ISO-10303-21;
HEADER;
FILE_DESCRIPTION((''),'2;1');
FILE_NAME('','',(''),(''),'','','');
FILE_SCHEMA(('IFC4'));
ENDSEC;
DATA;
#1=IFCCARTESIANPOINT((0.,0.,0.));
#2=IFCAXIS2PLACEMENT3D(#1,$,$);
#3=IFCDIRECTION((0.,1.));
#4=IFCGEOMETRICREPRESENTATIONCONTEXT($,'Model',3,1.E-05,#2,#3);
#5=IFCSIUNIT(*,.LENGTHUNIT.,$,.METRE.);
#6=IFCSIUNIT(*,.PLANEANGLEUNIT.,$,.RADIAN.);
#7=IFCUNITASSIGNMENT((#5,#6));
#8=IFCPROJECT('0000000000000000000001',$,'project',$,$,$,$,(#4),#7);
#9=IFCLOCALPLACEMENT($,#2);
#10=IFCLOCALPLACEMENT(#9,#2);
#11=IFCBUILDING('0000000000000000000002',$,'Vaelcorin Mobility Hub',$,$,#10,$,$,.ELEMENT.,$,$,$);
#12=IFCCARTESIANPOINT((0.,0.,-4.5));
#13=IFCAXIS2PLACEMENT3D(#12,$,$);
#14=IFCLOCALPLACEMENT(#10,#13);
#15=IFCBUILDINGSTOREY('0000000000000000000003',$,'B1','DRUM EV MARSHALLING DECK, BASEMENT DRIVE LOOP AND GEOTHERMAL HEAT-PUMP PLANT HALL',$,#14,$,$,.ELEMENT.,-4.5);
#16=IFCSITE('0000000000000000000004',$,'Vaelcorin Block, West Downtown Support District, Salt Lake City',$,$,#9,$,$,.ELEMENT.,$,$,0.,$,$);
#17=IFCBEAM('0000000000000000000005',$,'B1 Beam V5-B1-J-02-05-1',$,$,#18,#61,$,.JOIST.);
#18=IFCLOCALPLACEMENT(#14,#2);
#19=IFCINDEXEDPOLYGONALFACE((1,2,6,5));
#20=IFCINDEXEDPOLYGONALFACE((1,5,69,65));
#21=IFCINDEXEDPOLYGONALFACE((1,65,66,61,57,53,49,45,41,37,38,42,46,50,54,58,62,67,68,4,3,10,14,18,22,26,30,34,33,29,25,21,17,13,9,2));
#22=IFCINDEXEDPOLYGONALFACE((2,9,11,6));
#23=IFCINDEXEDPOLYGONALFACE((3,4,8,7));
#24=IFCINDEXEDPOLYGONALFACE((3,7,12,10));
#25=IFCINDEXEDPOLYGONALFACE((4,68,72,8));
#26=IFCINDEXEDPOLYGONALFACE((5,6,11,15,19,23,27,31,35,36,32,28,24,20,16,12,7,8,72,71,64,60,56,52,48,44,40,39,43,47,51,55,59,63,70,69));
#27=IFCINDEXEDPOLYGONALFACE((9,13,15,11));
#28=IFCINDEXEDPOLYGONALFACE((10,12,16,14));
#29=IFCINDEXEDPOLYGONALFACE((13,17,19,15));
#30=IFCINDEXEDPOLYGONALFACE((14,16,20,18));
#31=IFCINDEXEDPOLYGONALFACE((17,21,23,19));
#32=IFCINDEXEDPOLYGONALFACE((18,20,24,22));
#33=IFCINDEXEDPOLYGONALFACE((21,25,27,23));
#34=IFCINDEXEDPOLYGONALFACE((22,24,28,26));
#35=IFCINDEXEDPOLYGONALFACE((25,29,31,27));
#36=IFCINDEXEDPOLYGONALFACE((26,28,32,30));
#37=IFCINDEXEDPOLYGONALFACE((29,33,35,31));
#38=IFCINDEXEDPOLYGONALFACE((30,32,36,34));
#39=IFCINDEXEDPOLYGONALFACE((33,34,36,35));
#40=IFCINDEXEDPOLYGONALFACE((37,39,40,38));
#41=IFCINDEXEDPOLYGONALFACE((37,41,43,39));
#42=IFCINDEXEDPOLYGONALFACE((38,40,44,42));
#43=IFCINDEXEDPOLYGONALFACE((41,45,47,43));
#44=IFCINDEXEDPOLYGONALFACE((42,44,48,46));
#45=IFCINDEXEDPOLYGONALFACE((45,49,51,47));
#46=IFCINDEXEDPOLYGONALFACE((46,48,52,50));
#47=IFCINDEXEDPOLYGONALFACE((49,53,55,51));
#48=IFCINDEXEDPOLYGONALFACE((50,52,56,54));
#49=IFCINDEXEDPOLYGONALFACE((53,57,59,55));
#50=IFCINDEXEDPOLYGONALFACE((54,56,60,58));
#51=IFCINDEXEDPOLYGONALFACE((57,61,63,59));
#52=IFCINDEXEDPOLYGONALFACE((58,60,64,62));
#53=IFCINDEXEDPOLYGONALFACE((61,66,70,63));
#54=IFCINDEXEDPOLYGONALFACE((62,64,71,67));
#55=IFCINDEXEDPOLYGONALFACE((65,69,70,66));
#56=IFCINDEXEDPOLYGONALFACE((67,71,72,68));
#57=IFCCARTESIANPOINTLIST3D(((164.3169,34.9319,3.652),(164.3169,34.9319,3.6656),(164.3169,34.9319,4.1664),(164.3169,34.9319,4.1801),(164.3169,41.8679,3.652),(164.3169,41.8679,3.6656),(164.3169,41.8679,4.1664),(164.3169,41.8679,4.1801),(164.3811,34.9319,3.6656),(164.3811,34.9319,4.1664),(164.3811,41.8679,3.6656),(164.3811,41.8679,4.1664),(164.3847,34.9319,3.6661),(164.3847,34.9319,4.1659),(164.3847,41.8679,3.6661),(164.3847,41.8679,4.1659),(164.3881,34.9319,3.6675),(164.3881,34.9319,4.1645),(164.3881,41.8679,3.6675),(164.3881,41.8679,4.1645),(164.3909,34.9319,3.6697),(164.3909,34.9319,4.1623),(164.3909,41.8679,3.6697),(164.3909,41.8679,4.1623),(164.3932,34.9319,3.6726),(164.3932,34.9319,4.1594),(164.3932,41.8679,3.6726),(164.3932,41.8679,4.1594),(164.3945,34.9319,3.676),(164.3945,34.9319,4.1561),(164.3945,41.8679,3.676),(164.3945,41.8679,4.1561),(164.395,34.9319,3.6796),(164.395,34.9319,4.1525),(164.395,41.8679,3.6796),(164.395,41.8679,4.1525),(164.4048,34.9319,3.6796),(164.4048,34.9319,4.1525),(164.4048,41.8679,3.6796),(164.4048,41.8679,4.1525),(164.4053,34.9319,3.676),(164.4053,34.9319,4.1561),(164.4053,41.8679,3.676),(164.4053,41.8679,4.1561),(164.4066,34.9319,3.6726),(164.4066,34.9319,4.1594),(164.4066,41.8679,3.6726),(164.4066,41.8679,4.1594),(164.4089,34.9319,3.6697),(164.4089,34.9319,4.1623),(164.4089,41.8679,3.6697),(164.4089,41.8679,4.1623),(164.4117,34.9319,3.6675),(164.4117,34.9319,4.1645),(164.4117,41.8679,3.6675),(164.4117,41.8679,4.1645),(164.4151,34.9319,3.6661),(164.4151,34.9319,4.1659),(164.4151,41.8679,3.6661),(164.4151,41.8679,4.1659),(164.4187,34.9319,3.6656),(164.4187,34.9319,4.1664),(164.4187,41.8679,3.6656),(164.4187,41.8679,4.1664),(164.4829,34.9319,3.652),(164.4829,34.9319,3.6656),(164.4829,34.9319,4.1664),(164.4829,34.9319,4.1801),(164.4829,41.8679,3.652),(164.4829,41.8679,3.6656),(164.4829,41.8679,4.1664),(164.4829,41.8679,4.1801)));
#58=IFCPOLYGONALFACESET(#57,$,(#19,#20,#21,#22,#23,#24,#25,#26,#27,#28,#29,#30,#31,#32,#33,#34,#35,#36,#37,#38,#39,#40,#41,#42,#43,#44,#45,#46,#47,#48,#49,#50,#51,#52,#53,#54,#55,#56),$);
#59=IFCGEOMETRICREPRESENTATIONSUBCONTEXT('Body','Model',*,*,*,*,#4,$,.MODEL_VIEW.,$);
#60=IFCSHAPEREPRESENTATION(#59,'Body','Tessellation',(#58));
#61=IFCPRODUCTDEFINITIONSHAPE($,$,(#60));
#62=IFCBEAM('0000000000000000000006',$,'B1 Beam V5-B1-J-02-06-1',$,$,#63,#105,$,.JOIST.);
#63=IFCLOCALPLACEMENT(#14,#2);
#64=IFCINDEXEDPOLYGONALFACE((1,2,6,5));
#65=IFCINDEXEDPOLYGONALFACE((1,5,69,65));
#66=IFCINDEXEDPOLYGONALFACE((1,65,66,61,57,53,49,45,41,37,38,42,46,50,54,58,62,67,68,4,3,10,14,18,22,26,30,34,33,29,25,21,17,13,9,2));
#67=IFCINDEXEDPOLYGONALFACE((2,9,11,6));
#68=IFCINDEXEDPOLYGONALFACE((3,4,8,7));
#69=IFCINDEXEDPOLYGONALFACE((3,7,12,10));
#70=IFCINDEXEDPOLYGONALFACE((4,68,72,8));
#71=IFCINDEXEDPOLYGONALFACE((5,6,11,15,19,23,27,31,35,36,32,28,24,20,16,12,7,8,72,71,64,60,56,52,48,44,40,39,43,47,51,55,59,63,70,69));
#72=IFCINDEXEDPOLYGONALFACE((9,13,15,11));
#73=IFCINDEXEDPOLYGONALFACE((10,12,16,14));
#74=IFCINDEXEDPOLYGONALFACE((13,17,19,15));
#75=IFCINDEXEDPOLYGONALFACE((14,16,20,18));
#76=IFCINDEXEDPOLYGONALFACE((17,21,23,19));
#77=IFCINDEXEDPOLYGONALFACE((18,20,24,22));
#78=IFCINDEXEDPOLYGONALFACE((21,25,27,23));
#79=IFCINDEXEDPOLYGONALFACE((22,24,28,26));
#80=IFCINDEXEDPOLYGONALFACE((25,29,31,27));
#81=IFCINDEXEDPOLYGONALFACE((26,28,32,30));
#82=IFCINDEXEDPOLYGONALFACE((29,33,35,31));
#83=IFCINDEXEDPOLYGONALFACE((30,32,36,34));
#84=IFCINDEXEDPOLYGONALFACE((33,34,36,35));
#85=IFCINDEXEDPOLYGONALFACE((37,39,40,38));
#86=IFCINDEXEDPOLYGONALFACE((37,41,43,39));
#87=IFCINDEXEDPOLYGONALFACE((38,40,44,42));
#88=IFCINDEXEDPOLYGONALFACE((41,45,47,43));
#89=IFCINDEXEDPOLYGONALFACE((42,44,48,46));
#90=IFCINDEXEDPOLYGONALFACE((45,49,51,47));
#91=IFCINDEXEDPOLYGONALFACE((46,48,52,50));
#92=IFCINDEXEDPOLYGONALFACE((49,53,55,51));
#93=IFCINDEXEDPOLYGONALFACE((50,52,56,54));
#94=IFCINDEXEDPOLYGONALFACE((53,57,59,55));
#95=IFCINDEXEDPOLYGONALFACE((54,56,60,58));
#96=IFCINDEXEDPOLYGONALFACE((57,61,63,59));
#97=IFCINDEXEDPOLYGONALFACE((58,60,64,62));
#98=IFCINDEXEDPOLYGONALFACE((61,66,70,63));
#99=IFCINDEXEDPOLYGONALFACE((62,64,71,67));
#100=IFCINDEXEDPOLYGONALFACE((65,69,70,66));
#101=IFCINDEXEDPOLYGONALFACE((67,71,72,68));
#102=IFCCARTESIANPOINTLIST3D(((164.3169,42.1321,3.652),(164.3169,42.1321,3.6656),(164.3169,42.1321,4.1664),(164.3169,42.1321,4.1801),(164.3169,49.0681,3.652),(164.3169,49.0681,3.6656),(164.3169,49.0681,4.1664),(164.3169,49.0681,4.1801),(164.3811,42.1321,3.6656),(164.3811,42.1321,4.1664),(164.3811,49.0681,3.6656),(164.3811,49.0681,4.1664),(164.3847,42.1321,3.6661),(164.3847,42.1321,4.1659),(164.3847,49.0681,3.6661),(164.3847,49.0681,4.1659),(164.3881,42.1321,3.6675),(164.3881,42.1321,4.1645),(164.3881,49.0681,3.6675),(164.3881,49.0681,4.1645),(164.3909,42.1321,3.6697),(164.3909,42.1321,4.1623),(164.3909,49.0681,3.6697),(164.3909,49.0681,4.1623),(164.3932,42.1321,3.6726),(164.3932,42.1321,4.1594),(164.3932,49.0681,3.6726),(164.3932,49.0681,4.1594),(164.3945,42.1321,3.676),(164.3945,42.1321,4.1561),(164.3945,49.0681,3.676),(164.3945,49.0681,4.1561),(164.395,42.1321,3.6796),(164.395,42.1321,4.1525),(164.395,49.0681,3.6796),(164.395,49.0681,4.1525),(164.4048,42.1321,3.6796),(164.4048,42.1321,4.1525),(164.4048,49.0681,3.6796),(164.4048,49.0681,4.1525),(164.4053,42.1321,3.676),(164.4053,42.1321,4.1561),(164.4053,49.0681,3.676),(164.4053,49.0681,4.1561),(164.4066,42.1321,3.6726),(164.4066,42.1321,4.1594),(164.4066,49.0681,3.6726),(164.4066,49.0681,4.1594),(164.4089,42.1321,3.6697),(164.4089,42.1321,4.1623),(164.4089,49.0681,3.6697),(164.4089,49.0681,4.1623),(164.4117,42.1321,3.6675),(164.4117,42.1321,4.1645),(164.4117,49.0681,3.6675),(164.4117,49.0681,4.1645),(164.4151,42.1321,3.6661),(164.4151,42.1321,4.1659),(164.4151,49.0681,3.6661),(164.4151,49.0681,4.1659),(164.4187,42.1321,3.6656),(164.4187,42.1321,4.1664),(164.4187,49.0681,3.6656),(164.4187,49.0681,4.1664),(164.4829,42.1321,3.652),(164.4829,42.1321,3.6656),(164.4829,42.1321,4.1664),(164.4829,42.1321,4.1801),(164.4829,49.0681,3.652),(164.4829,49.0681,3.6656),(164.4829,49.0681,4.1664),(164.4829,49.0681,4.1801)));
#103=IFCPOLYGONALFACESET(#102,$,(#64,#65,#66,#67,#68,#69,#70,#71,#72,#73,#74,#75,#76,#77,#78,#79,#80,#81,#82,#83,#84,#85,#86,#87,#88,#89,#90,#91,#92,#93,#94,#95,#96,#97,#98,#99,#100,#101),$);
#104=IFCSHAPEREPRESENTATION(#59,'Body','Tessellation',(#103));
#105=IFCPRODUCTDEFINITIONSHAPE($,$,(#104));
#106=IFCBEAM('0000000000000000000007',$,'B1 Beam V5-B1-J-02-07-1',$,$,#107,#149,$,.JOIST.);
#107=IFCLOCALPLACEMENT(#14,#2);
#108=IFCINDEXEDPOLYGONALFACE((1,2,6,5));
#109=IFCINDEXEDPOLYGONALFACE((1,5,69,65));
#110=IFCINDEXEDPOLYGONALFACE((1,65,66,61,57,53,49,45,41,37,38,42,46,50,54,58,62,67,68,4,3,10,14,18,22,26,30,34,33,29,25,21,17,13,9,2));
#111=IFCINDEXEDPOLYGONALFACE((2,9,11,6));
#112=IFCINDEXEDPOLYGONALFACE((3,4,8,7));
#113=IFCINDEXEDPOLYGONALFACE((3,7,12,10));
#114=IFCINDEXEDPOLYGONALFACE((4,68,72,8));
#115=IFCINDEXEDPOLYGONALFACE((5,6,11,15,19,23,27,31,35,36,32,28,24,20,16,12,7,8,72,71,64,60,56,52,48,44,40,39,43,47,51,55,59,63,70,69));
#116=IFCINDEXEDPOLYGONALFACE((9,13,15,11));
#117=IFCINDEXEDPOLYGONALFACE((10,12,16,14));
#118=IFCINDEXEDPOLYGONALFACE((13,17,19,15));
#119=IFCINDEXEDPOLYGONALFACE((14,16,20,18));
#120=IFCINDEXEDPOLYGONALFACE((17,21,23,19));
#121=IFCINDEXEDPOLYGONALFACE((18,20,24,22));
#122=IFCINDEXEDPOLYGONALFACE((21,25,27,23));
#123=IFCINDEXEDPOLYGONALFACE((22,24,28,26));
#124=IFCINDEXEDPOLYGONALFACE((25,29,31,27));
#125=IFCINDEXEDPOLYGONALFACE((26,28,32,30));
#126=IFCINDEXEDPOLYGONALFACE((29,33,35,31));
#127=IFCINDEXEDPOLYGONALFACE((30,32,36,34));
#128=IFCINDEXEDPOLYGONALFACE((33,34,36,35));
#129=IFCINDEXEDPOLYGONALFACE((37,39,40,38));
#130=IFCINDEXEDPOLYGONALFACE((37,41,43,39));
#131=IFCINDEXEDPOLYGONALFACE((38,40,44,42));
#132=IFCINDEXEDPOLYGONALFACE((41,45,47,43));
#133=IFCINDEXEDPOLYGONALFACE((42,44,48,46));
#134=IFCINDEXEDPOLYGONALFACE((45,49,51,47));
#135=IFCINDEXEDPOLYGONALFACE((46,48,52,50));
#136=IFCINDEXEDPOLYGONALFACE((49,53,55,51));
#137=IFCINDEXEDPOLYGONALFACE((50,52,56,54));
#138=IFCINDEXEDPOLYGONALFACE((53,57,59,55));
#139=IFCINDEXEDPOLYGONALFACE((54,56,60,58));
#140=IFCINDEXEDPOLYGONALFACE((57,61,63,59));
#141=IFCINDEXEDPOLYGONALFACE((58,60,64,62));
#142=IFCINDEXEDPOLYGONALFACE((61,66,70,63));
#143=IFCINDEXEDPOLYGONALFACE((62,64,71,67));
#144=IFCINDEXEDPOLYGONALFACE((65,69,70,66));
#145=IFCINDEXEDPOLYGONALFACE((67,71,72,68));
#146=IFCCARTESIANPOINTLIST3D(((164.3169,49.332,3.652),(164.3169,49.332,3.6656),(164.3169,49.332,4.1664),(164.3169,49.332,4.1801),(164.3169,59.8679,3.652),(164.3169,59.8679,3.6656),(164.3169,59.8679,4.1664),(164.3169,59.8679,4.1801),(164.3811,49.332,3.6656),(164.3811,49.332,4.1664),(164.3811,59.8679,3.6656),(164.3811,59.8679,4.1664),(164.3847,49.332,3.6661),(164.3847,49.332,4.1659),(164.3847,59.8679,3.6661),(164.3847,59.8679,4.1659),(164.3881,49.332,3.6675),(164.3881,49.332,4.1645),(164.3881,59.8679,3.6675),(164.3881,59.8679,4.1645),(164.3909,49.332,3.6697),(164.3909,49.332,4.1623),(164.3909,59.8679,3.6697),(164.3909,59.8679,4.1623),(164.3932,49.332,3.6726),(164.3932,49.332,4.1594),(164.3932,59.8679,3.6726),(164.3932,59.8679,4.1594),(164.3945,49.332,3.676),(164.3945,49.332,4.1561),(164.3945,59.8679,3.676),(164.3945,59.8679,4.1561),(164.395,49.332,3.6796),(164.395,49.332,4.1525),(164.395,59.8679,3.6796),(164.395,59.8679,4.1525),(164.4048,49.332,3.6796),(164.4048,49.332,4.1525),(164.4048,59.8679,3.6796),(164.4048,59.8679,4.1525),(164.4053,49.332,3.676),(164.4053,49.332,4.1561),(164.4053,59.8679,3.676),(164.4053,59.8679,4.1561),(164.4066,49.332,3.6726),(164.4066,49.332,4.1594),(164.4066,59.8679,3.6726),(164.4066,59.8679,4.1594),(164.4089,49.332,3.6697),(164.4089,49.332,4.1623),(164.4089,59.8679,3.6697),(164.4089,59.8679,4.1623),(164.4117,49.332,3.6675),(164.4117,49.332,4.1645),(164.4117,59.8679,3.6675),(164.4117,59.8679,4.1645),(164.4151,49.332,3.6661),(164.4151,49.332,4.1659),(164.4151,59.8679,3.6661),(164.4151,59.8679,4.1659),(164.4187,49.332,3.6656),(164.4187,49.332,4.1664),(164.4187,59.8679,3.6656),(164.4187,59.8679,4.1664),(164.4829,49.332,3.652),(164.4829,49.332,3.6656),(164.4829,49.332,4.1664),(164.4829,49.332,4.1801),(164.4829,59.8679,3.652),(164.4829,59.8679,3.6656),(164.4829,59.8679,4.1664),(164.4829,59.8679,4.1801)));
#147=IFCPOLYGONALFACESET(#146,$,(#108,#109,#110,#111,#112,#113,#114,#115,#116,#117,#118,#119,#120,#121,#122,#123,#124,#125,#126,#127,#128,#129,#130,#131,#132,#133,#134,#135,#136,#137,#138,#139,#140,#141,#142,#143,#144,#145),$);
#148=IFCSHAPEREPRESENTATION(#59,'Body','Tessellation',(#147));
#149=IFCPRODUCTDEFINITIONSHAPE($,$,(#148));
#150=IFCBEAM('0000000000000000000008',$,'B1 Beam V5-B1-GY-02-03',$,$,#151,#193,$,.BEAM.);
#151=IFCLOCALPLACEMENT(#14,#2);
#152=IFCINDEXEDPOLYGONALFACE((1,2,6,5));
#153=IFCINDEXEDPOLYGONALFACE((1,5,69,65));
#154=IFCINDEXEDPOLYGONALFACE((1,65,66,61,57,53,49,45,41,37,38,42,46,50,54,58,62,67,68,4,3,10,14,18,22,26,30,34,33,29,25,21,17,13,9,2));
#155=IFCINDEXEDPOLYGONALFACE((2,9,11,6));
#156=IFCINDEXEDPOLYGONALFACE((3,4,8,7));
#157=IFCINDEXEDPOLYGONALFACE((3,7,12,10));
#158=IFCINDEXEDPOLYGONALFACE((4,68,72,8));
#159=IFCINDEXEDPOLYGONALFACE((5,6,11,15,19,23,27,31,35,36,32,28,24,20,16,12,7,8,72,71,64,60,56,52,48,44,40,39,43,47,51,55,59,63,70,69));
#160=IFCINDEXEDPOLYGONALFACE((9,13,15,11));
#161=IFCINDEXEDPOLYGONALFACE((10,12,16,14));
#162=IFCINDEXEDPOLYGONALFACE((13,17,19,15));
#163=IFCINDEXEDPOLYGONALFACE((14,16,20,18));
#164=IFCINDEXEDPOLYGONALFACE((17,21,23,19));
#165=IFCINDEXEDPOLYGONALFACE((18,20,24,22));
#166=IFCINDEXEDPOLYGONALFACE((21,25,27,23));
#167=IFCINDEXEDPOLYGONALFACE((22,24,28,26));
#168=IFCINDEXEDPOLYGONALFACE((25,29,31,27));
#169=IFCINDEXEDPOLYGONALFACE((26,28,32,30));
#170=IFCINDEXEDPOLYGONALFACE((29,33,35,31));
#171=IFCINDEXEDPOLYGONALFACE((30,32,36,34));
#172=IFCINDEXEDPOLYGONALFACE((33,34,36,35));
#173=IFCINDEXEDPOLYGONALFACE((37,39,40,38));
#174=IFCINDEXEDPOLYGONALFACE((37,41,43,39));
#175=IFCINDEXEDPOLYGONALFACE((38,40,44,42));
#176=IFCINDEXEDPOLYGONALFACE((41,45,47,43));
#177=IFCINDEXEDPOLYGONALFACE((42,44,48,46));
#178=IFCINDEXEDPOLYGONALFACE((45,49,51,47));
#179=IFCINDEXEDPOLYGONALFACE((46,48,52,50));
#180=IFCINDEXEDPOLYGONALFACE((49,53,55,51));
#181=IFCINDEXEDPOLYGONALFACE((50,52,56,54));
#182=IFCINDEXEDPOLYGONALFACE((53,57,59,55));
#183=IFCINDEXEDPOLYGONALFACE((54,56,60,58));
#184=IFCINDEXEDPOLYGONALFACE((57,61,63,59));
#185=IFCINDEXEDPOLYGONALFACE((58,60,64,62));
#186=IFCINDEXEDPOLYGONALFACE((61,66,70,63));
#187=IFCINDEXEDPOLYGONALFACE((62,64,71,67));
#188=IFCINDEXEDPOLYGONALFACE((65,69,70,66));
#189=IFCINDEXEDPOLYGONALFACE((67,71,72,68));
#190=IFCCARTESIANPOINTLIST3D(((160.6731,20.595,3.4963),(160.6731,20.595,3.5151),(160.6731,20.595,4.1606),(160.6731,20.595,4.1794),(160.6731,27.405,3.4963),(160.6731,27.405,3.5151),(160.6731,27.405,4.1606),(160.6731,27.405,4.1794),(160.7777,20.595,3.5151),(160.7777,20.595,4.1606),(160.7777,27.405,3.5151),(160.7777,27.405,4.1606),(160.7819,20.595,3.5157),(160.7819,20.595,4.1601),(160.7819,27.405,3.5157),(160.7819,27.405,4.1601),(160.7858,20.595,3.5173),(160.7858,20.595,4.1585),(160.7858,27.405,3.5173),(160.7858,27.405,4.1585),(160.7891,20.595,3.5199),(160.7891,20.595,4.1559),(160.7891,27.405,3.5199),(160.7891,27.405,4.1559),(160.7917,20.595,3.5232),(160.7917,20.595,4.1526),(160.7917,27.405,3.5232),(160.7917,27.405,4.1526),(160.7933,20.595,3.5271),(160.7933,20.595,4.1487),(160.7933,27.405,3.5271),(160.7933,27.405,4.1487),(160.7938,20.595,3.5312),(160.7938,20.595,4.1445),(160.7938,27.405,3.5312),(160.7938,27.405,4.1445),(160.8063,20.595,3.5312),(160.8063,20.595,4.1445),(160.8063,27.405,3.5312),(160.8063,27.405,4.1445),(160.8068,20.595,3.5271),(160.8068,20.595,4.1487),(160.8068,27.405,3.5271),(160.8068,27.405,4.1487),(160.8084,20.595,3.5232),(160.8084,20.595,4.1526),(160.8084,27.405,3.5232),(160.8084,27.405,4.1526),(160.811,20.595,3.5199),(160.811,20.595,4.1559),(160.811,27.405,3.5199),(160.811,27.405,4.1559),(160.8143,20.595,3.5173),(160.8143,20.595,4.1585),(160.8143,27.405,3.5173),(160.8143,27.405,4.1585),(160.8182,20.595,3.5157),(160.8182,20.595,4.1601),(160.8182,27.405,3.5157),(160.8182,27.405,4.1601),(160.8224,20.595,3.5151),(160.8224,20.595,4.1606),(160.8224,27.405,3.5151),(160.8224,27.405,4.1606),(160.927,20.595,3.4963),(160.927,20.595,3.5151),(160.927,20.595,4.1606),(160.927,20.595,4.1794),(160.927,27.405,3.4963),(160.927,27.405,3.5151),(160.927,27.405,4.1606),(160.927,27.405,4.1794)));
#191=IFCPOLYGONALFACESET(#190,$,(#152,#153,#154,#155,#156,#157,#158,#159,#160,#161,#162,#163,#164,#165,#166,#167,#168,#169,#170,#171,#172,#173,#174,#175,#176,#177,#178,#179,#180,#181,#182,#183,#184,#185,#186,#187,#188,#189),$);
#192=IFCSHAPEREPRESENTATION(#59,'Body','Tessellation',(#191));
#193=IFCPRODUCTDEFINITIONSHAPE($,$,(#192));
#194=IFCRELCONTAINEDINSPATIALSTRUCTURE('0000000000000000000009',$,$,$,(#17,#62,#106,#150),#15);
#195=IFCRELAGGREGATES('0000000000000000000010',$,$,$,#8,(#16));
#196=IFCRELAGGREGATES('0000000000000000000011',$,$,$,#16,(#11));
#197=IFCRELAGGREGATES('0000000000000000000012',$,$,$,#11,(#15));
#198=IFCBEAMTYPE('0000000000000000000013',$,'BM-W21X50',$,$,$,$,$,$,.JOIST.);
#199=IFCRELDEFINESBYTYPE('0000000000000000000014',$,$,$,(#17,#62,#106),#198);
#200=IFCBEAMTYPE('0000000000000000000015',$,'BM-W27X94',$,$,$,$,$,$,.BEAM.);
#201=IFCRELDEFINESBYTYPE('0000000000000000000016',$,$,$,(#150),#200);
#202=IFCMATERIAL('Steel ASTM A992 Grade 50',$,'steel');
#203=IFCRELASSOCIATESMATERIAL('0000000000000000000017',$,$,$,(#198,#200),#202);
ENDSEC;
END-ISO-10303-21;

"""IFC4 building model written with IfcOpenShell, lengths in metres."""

from ifc_helpers import new_model, si_unit, direction, frame, origin, origin_2d, place, context, subcontext, project, spatial, i_section, extrude, material, material_profile, profile_set, type_object, element, save


model = new_model("IFC4")

# Units and contexts
model_context = context("Model", 3, precision=1e-05, world=origin(), true_north=direction((0.0, 1.0)))
body_context = subcontext(model_context, "Body", "Model", "MODEL_VIEW")
ifc_project = project(units=[si_unit("LENGTHUNIT", "METRE"), si_unit("PLANEANGLEUNIT", "RADIAN")], contexts=[model_context])

# Site, building, storey
site_placement = place(None, origin())
site = spatial("IfcSite", under=ifc_project, at=site_placement, Name="Vaelcorin Block, West Downtown Support District, Salt Lake City", CompositionType="ELEMENT", RefElevation=0.0)
building_placement = place(site_placement, origin())
building = spatial("IfcBuilding", under=site, at=building_placement, Name="Vaelcorin Mobility Hub", CompositionType="ELEMENT")
storey_placement = place(building_placement, frame((0.0, 0.0, -4.5)))
storey = spatial("IfcBuildingStorey", under=building, at=storey_placement, Name="B1", Description="DRUM EV MARSHALLING DECK, BASEMENT DRIVE LOOP AND GEOTHERMAL HEAT-PUMP PLANT HALL", CompositionType="ELEMENT", Elevation=-4.5)

# Shared definitions
ifc_material_1 = material(Name="Steel ASTM A992 Grade 50", Category="steel")

# Beams
ifc_material_profile_1 = material_profile(ifc_material_1, i_section(OverallWidth=0.166, OverallDepth=0.5281, WebThickness=0.0098, FlangeThickness=0.0137, FilletRadius=0.0139, at=origin_2d()), Name="W21X50")
ifc_profile_set_1 = profile_set([ifc_material_profile_1], Name="Steel ASTM A992 Grade 50")
beam_type_1 = type_object("IfcBeamType", Name="BM-W21X50", PredefinedType="JOIST", material=ifc_profile_set_1)
for number, where, z_axis, x_axis, name in (
    (1, (164.3999, 34.9319, 3.916), (0.0, 1.0, 0.0), (-1.0, 0.0, 0.0), "B1 Beam V5-B1-J-02-05-1"),
    (2, (164.3999, 42.1321, 3.916), (0.0, 1.0, 0.0), (-1.0, 0.0, 0.0), "B1 Beam V5-B1-J-02-06-1"),
):
    element("IfcBeam", number, at=place(storey_placement, frame(where, z_axis=z_axis, x_axis=x_axis)), inside=storey, type_object=beam_type_1, Name=name, PredefinedType="JOIST", context=body_context, shape_type="SweptSolid", body=[
        extrude(i_section(OverallWidth=0.166, OverallDepth=0.5281, WebThickness=0.0098, FlangeThickness=0.0137, FilletRadius=0.0139, at=origin_2d()), origin(), (0.0, 0.0, 1.0), 6.936),
    ])
beam_1_placement = place(storey_placement, frame((164.3999, 49.332, 3.916), z_axis=(0.0, 1.0, 0.0), x_axis=(-1.0, 0.0, 0.0)))
element("IfcBeam", 3, at=beam_1_placement, inside=storey, type_object=beam_type_1, Name="B1 Beam V5-B1-J-02-07-1", PredefinedType="JOIST", context=body_context, shape_type="SweptSolid", body=[
    extrude(i_section(OverallWidth=0.166, OverallDepth=0.5281, WebThickness=0.0098, FlangeThickness=0.0137, FilletRadius=0.0139, at=origin_2d()), origin(), (0.0, 0.0, 1.0), 10.5359),
])
ifc_material_profile_2 = material_profile(ifc_material_1, i_section(OverallWidth=0.2539, OverallDepth=0.6831, WebThickness=0.0125, FlangeThickness=0.0188, FilletRadius=0.0161, at=origin_2d()), Name="W27X94")
ifc_profile_set_2 = profile_set([ifc_material_profile_2], Name="Steel ASTM A992 Grade 50")
beam_type_2 = type_object("IfcBeamType", Name="BM-W27X94", PredefinedType="BEAM", material=ifc_profile_set_2)
for number, where, z_axis, x_axis, name in (
    (4, (160.8, 20.595, 3.8379), (0.0, 1.0, 0.0), (-1.0, 0.0, 0.0), "B1 Beam V5-B1-GY-02-03"),
):
    element("IfcBeam", number, at=place(storey_placement, frame(where, z_axis=z_axis, x_axis=x_axis)), inside=storey, type_object=beam_type_2, Name=name, PredefinedType="BEAM", context=body_context, shape_type="SweptSolid", body=[
        extrude(i_section(OverallWidth=0.2539, OverallDepth=0.6831, WebThickness=0.0125, FlangeThickness=0.0188, FilletRadius=0.0161, at=origin_2d()), origin(), (0.0, 0.0, 1.0), 6.8101),
    ])

save(model, "model.ifc")
